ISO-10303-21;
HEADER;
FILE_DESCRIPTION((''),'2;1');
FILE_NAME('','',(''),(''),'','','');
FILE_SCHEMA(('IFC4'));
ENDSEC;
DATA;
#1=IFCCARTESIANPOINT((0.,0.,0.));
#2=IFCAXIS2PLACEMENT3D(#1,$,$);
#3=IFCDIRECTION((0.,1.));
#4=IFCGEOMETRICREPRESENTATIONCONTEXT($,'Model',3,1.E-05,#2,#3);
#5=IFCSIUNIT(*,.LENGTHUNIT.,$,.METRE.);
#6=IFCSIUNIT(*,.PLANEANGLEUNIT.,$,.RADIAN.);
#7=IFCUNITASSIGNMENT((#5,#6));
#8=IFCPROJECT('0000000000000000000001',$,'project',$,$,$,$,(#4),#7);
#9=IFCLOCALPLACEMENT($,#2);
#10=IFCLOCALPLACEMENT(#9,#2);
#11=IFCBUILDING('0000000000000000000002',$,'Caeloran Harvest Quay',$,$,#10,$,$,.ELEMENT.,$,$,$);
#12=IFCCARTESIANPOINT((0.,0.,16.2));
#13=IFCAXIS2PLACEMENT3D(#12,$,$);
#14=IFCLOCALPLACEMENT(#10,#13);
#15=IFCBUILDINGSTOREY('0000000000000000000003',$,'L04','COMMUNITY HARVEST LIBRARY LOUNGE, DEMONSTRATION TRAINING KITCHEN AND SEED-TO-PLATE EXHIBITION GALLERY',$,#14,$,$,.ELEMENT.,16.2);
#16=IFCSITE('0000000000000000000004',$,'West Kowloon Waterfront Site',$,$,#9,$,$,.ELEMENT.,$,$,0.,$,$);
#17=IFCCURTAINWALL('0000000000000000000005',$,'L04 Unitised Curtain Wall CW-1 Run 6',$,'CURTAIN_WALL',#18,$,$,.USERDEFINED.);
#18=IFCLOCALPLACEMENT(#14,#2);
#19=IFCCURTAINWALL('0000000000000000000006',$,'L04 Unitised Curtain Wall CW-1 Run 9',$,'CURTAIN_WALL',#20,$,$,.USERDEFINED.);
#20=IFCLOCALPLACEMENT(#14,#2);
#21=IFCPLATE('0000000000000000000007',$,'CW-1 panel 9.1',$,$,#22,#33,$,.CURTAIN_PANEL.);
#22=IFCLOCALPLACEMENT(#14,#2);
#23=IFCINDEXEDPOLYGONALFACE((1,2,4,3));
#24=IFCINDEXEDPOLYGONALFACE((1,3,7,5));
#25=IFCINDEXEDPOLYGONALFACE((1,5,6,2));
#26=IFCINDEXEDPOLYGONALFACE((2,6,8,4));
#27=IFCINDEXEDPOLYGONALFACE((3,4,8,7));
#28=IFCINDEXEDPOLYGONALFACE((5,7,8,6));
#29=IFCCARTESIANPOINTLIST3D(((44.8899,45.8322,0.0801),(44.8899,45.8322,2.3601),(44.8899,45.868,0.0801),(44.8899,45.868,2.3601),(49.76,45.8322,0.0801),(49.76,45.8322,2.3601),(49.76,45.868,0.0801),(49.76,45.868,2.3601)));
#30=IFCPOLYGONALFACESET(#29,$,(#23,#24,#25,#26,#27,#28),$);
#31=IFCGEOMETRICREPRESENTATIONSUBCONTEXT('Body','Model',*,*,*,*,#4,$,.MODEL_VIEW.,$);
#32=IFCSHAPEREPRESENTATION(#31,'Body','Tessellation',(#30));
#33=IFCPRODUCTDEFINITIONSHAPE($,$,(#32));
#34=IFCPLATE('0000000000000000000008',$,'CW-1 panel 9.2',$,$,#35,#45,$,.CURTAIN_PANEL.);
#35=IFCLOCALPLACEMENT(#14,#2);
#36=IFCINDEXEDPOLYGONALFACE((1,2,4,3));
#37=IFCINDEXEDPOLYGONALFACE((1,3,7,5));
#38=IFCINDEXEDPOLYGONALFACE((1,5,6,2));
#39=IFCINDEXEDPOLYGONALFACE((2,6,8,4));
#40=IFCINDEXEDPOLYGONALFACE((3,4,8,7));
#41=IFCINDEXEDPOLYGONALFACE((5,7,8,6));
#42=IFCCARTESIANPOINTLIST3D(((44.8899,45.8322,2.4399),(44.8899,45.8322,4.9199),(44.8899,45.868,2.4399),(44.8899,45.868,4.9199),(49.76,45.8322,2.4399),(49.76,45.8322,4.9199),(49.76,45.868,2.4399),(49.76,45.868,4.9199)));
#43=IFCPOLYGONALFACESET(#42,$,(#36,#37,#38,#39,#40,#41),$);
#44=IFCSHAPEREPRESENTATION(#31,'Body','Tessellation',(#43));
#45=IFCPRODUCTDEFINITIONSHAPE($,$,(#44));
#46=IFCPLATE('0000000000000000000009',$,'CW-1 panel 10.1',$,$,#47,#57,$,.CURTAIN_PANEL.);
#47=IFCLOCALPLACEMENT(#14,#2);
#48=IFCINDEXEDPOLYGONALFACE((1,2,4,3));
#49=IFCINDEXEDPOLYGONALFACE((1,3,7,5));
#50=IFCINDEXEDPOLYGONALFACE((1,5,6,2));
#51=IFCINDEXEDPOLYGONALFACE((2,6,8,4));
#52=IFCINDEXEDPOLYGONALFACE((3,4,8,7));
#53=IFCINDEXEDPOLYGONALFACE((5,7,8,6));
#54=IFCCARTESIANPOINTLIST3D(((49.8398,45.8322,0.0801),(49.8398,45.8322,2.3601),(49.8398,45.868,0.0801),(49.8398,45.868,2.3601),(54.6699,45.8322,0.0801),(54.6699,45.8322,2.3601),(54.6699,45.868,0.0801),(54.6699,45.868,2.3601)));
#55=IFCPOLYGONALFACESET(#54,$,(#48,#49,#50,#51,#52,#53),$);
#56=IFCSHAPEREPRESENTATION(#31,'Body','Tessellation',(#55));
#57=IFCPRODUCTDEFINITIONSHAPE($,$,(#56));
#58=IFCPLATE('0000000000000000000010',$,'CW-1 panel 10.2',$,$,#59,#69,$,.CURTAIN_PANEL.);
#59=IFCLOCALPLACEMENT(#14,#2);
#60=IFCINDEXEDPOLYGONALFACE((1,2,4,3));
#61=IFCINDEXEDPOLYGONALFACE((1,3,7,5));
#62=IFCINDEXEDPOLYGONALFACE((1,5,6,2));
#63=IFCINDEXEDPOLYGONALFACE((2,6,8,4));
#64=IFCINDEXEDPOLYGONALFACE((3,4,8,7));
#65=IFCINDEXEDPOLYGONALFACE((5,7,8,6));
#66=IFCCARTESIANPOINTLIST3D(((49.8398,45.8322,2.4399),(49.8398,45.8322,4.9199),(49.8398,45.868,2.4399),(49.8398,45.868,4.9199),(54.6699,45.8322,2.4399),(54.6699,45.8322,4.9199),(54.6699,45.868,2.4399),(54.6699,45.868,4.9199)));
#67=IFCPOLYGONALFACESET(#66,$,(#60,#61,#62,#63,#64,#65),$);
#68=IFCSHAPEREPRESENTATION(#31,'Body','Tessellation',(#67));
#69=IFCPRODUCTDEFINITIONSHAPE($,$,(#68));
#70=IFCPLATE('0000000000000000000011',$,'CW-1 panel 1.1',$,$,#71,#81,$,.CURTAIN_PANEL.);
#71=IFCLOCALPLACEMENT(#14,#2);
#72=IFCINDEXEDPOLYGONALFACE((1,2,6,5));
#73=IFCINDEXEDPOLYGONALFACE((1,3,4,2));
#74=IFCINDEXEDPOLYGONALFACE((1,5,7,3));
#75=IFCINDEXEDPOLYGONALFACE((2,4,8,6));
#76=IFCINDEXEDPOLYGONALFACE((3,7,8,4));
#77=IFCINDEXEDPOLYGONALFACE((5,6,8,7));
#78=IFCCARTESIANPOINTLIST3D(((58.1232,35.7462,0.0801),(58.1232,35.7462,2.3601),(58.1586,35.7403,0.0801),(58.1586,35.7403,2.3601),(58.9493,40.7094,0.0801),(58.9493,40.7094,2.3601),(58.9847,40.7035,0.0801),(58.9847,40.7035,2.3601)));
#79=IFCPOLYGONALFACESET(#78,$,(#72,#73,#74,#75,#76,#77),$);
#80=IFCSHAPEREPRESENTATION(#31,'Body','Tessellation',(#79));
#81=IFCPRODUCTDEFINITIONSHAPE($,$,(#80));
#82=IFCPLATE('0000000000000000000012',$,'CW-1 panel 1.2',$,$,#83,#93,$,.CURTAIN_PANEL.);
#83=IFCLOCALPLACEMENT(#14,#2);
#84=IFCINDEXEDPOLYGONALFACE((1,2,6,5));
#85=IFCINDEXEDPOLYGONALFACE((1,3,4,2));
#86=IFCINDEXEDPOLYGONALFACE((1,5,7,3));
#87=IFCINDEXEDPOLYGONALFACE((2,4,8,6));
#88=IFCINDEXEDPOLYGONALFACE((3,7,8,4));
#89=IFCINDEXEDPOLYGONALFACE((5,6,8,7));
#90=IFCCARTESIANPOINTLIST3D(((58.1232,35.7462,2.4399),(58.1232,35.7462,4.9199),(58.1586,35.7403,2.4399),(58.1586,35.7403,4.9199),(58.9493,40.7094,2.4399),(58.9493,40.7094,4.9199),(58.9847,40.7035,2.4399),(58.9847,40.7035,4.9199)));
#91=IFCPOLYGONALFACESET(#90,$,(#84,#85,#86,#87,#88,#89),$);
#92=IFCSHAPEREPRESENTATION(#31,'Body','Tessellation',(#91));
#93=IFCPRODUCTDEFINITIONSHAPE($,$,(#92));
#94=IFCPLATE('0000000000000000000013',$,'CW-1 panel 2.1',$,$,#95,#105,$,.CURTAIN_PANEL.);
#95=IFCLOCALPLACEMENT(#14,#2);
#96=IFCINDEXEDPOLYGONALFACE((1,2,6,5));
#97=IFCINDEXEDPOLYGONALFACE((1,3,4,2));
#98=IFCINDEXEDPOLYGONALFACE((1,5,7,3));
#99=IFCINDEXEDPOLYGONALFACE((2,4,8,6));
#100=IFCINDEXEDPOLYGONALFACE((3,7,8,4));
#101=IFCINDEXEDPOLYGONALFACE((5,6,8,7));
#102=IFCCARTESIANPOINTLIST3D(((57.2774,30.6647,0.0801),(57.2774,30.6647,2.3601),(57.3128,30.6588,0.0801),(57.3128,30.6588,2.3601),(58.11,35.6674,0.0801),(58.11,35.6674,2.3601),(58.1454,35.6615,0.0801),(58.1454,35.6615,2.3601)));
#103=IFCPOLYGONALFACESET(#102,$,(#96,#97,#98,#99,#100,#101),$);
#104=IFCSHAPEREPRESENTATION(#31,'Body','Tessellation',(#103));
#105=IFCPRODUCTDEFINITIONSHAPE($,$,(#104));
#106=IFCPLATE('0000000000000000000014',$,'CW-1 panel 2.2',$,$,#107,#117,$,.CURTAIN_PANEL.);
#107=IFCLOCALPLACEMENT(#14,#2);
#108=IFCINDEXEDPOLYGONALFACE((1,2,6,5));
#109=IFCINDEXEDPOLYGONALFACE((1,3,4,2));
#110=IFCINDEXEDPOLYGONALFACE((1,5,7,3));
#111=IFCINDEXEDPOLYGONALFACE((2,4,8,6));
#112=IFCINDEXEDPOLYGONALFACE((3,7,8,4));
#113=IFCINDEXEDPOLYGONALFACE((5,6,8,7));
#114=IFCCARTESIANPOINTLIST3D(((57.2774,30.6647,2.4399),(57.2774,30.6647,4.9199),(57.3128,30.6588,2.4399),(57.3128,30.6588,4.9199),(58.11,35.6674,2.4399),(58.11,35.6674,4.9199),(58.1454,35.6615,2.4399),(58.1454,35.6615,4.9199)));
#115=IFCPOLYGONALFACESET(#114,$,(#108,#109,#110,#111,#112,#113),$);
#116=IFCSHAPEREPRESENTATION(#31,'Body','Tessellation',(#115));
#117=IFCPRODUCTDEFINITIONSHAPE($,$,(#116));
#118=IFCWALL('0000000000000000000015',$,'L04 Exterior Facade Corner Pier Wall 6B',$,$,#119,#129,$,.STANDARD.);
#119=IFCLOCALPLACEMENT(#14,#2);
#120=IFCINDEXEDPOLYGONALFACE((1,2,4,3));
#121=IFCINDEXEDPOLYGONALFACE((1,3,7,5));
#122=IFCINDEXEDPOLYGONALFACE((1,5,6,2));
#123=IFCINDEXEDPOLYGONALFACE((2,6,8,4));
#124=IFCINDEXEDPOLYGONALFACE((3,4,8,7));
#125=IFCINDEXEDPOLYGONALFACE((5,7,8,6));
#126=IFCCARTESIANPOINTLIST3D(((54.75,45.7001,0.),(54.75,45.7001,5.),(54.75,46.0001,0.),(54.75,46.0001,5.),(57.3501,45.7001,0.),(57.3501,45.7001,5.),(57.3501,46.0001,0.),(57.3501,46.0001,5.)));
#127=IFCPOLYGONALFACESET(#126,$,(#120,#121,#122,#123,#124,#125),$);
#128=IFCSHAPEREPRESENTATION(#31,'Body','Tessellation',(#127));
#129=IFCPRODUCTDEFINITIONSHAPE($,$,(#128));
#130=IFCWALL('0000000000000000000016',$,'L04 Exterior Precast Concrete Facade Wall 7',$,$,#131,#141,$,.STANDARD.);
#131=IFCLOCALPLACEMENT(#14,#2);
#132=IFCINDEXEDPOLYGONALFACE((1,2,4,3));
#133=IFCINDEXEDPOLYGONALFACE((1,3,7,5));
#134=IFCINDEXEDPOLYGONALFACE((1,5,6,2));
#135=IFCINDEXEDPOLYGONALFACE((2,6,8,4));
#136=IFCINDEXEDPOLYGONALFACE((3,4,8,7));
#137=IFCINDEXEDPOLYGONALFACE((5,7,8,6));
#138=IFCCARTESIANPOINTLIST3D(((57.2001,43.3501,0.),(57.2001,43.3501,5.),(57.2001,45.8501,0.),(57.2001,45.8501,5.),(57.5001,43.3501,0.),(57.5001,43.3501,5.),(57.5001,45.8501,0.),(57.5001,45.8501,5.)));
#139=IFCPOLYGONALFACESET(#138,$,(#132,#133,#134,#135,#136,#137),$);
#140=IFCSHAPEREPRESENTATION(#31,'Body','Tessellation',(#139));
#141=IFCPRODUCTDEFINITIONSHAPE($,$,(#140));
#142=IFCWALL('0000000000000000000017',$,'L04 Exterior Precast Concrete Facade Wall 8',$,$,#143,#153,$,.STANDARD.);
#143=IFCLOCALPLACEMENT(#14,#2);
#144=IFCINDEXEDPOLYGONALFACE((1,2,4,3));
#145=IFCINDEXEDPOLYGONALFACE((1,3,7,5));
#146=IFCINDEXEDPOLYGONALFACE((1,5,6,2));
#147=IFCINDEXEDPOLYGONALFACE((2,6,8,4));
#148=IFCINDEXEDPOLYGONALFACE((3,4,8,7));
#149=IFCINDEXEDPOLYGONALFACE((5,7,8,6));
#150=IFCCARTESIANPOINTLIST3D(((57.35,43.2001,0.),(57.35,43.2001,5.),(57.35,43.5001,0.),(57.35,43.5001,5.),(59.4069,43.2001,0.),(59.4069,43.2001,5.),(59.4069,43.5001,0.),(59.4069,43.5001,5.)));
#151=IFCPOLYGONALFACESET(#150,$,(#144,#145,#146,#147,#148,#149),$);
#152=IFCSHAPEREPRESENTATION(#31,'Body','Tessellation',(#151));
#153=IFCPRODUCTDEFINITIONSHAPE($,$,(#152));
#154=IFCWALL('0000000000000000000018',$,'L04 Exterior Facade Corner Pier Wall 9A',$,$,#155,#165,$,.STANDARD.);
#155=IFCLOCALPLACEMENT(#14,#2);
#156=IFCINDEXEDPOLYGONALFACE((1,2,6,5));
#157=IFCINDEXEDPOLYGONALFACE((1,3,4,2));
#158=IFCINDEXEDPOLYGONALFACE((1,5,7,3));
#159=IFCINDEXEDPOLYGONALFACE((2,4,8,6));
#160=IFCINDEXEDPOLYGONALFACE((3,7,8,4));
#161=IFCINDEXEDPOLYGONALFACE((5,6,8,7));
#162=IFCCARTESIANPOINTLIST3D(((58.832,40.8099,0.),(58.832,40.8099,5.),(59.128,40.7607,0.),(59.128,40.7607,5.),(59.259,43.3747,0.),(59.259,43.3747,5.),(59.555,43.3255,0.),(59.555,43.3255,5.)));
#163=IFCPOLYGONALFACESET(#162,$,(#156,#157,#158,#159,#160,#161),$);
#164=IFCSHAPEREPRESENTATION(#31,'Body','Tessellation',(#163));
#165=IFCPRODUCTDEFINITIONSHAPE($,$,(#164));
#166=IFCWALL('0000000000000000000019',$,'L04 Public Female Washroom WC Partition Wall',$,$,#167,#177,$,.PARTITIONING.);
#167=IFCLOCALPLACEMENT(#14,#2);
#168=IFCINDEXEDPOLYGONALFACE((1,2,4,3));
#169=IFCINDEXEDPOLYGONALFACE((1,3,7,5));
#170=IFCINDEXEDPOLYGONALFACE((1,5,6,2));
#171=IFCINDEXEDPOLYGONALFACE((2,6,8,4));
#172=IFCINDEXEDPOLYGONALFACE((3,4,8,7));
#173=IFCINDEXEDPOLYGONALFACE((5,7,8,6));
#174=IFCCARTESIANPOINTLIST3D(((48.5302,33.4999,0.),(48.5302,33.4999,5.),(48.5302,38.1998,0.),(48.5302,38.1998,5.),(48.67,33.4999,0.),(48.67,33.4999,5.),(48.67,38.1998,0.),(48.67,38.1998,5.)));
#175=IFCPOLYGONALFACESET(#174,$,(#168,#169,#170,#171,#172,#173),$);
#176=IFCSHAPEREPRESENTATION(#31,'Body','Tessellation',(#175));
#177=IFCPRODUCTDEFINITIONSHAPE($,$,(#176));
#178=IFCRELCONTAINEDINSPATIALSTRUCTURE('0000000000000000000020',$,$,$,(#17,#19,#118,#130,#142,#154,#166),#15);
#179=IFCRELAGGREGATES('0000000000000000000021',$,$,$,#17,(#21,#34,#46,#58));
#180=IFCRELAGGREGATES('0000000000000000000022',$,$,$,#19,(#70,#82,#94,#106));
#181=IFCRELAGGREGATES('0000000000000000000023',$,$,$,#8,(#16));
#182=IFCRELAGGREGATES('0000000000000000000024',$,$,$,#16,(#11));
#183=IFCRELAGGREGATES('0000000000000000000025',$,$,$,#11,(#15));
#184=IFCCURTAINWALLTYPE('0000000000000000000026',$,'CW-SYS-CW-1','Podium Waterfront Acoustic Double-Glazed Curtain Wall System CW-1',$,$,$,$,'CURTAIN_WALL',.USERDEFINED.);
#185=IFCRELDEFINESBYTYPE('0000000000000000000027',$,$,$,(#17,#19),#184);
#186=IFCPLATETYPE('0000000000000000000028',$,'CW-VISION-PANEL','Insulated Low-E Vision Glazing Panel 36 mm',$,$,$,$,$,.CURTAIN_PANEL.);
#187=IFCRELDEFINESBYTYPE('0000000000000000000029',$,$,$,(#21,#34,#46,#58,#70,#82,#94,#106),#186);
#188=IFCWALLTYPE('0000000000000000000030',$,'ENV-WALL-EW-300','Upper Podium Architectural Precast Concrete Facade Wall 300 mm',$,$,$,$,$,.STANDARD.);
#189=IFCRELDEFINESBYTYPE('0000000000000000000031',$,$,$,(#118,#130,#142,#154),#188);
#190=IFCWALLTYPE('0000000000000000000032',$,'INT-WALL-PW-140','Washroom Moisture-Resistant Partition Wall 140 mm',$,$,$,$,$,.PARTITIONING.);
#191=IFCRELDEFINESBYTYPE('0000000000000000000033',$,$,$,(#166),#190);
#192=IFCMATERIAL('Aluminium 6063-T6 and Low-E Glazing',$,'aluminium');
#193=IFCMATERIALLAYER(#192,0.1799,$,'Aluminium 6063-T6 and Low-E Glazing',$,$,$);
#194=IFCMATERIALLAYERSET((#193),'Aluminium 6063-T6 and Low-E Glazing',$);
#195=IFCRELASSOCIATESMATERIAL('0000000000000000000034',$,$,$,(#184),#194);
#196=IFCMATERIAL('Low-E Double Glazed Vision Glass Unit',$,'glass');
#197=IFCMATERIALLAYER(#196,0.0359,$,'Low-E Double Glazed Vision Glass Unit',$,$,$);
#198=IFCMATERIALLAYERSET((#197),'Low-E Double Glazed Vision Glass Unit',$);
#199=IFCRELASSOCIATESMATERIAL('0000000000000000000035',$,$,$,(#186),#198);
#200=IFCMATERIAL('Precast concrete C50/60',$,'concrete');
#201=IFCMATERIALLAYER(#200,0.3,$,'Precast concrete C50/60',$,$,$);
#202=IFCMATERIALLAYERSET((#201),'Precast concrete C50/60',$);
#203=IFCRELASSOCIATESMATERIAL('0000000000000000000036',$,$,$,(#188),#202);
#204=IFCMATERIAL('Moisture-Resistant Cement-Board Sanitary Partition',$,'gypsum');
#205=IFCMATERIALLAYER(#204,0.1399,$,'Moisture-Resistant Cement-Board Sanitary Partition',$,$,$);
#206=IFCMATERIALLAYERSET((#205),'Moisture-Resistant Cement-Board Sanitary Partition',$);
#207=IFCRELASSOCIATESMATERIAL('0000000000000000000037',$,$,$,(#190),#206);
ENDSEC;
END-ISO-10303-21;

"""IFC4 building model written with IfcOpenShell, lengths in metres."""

from ifc_helpers import new_model, si_unit, direction, frame, frame_2d, origin, origin_2d, place, context, subcontext, project, spatial, rectangle, extrude, material, layer, layer_set, type_object, element, aggregate, save


model = new_model("IFC4")

# Units and contexts
model_context = context("Model", 3, precision=1e-05, world=origin(), true_north=direction((0.0, 1.0)))
body_context = subcontext(model_context, "Body", "Model", "MODEL_VIEW")
ifc_project = project(units=[si_unit("LENGTHUNIT", "METRE"), si_unit("PLANEANGLEUNIT", "RADIAN")], contexts=[model_context])

# Site, building, storey
site_placement = place(None, origin())
site = spatial("IfcSite", under=ifc_project, at=site_placement, Name="West Kowloon Waterfront Site", CompositionType="ELEMENT", RefElevation=0.0)
building_placement = place(site_placement, origin())
building = spatial("IfcBuilding", under=site, at=building_placement, Name="Caeloran Harvest Quay", CompositionType="ELEMENT")
storey_placement = place(building_placement, frame((0.0, 0.0, 16.2)))
storey = spatial("IfcBuildingStorey", under=building, at=storey_placement, Name="L04", Description="COMMUNITY HARVEST LIBRARY LOUNGE, DEMONSTRATION TRAINING KITCHEN AND SEED-TO-PLATE EXHIBITION GALLERY", CompositionType="ELEMENT", Elevation=16.2)

# Curtain walls
ifc_material_1 = material(Name="Aluminium 6063-T6 and Low-E Glazing", Category="aluminium")
ifc_layer_1 = layer(ifc_material_1, 0.1799, Name="Aluminium 6063-T6 and Low-E Glazing")
ifc_layer_set_1 = layer_set([ifc_layer_1], Name="Aluminium 6063-T6 and Low-E Glazing")
curtain_wall_type = type_object("IfcCurtainWallType", Name="CW-SYS-CW-1", Description="Podium Waterfront Acoustic Double-Glazed Curtain Wall System CW-1", ElementType="CURTAIN_WALL", PredefinedType="USERDEFINED", material=ifc_layer_set_1)
curtain_wall_1_placement = place(storey_placement, origin())
curtain_wall_1 = element("IfcCurtainWall", 1, at=curtain_wall_1_placement, inside=storey, type_object=curtain_wall_type, Name="L04 Unitised Curtain Wall CW-1 Run 6", ObjectType="CURTAIN_WALL", PredefinedType="USERDEFINED")
curtain_wall_2_placement = place(storey_placement, origin())
curtain_wall_2 = element("IfcCurtainWall", 2, at=curtain_wall_2_placement, inside=storey, type_object=curtain_wall_type, Name="L04 Unitised Curtain Wall CW-1 Run 9", ObjectType="CURTAIN_WALL", PredefinedType="USERDEFINED")

# Plates
ifc_material_2 = material(Name="Low-E Double Glazed Vision Glass Unit", Category="glass")
ifc_layer_2 = layer(ifc_material_2, 0.0359, Name="Low-E Double Glazed Vision Glass Unit")
ifc_layer_set_2 = layer_set([ifc_layer_2], Name="Low-E Double Glazed Vision Glass Unit")
plate_type = type_object("IfcPlateType", Name="CW-VISION-PANEL", Description="Insulated Low-E Vision Glazing Panel 36 mm", PredefinedType="CURTAIN_PANEL", material=ifc_layer_set_2)
plate_1_placement = place(storey_placement, frame((47.325, 45.8501, 0.0801), z_axis=(0.0, 0.0, 1.0), x_axis=(1.0, 0.0, 0.0)))
plate_1 = element("IfcPlate", 3, at=plate_1_placement, type_object=plate_type, Name="CW-1 panel 9.1", PredefinedType="CURTAIN_PANEL", context=body_context, shape_type="SweptSolid", body=[
    extrude(rectangle(XDim=4.8701, YDim=0.0359, at=origin_2d()), origin(), (0.0, 0.0, 1.0), 2.28),
])
plate_2_placement = place(storey_placement, frame((47.325, 45.8501, 2.4399), z_axis=(0.0, 0.0, 1.0), x_axis=(1.0, 0.0, 0.0)))
plate_2 = element("IfcPlate", 4, at=plate_2_placement, type_object=plate_type, Name="CW-1 panel 9.2", PredefinedType="CURTAIN_PANEL", context=body_context, shape_type="SweptSolid", body=[
    extrude(rectangle(XDim=4.8701, YDim=0.0359, at=origin_2d()), origin(), (0.0, 0.0, 1.0), 2.48),
])
plate_3_placement = place(storey_placement, frame((52.2549, 45.8501, 0.0801), z_axis=(0.0, 0.0, 1.0), x_axis=(1.0, 0.0, 0.0)))
plate_3 = element("IfcPlate", 5, at=plate_3_placement, type_object=plate_type, Name="CW-1 panel 10.1", PredefinedType="CURTAIN_PANEL", context=body_context, shape_type="SweptSolid", body=[
    extrude(rectangle(XDim=4.8301, YDim=0.0359, at=origin_2d()), origin(), (0.0, 0.0, 1.0), 2.28),
])
plate_4_placement = place(storey_placement, frame((52.2549, 45.8501, 2.4399), z_axis=(0.0, 0.0, 1.0), x_axis=(1.0, 0.0, 0.0)))
plate_4 = element("IfcPlate", 6, at=plate_4_placement, type_object=plate_type, Name="CW-1 panel 10.2", PredefinedType="CURTAIN_PANEL", context=body_context, shape_type="SweptSolid", body=[
    extrude(rectangle(XDim=4.8301, YDim=0.0359, at=origin_2d()), origin(), (0.0, 0.0, 1.0), 2.48),
])
aggregate(curtain_wall_1, [plate_1, plate_2, plate_3, plate_4])
plate_5_placement = place(storey_placement, frame((58.554, 38.2249, 0.0801), z_axis=(0.0, 0.0, 1.0), x_axis=(-0.164174, -0.986431, 0.0)))
plate_5 = element("IfcPlate", 7, at=plate_5_placement, type_object=plate_type, Name="CW-1 panel 1.1", PredefinedType="CURTAIN_PANEL", context=body_context, shape_type="SweptSolid", body=[
    extrude(rectangle(XDim=5.0315, YDim=0.0359, at=origin_2d()), origin(), (0.0, 0.0, 1.0), 2.28),
])
plate_6_placement = place(storey_placement, frame((58.554, 38.2249, 2.4399), z_axis=(0.0, 0.0, 1.0), x_axis=(-0.164174, -0.986431, 0.0)))
plate_6 = element("IfcPlate", 8, at=plate_6_placement, type_object=plate_type, Name="CW-1 panel 1.2", PredefinedType="CURTAIN_PANEL", context=body_context, shape_type="SweptSolid", body=[
    extrude(rectangle(XDim=5.0315, YDim=0.0359, at=origin_2d()), origin(), (0.0, 0.0, 1.0), 2.48),
])
plate_7_placement = place(storey_placement, frame((57.7114, 33.1631, 0.0801), z_axis=(0.0, 0.0, 1.0), x_axis=(-0.164174, -0.986431, 0.0)))
plate_7 = element("IfcPlate", 9, at=plate_7_placement, type_object=plate_type, Name="CW-1 panel 2.1", PredefinedType="CURTAIN_PANEL", context=body_context, shape_type="SweptSolid", body=[
    extrude(rectangle(XDim=5.0715, YDim=0.0359, at=origin_2d()), origin(), (0.0, 0.0, 1.0), 2.28),
])
plate_8_placement = place(storey_placement, frame((57.7114, 33.1631, 2.4399), z_axis=(0.0, 0.0, 1.0), x_axis=(-0.164174, -0.986431, 0.0)))
plate_8 = element("IfcPlate", 10, at=plate_8_placement, type_object=plate_type, Name="CW-1 panel 2.2", PredefinedType="CURTAIN_PANEL", context=body_context, shape_type="SweptSolid", body=[
    extrude(rectangle(XDim=5.0715, YDim=0.0359, at=origin_2d()), origin(), (0.0, 0.0, 1.0), 2.48),
])
aggregate(curtain_wall_2, [plate_5, plate_6, plate_7, plate_8])

# Walls
ifc_material_3 = material(Name="Precast concrete C50/60", Category="concrete")
ifc_layer_3 = layer(ifc_material_3, 0.3, Name="Precast concrete C50/60")
ifc_layer_set_3 = layer_set([ifc_layer_3], Name="Precast concrete C50/60")
wall_type_1 = type_object("IfcWallType", Name="ENV-WALL-EW-300", Description="Upper Podium Architectural Precast Concrete Facade Wall 300 mm", PredefinedType="STANDARD", material=ifc_layer_set_3)
wall_1_placement = place(storey_placement, frame((54.75, 45.8501, 0.0), z_axis=(0.0, 0.0, 1.0), x_axis=(1.0, 0.0, 0.0)))
element("IfcWall", 11, at=wall_1_placement, inside=storey, type_object=wall_type_1, Name="L04 Exterior Facade Corner Pier Wall 6B", PredefinedType="STANDARD", context=body_context, shape_type="SweptSolid", body=[
    extrude(rectangle(XDim=2.6001, YDim=0.3, at=frame_2d((1.3, 0.0))), origin(), (0.0, 0.0, 1.0), 5.0),
])
wall_2_placement = place(storey_placement, frame((57.3501, 45.8501, 0.0), z_axis=(0.0, 0.0, 1.0), x_axis=(0.0, -1.0, 0.0)))
element("IfcWall", 12, at=wall_2_placement, inside=storey, type_object=wall_type_1, Name="L04 Exterior Precast Concrete Facade Wall 7", PredefinedType="STANDARD", context=body_context, shape_type="SweptSolid", body=[
    extrude(rectangle(XDim=2.5, YDim=0.3, at=frame_2d((1.25, 0.0))), origin(), (0.0, 0.0, 1.0), 5.0),
])
wall_3_placement = place(storey_placement, frame((57.3501, 43.3501, 0.0), z_axis=(0.0, 0.0, 1.0), x_axis=(1.0, 0.0, 0.0)))
element("IfcWall", 13, at=wall_3_placement, inside=storey, type_object=wall_type_1, Name="L04 Exterior Precast Concrete Facade Wall 8", PredefinedType="STANDARD", context=body_context, shape_type="SweptSolid", body=[
    extrude(rectangle(XDim=2.0569, YDim=0.3, at=frame_2d((1.0283, 0.0))), origin(), (0.0, 0.0, 1.0), 5.0),
])
wall_4_placement = place(storey_placement, frame((59.407, 43.3501, 0.0), z_axis=(0.0, 0.0, 1.0), x_axis=(-0.164231, -0.986422, 0.0)))
element("IfcWall", 14, at=wall_4_placement, inside=storey, type_object=wall_type_1, Name="L04 Exterior Facade Corner Pier Wall 9A", PredefinedType="STANDARD", context=body_context, shape_type="SweptSolid", body=[
    extrude(rectangle(XDim=2.6001, YDim=0.3, at=frame_2d((1.3, 0.0))), origin(), (0.0, 0.0, 1.0), 5.0),
])
ifc_material_4 = material(Name="Moisture-Resistant Cement-Board Sanitary Partition", Category="gypsum")
ifc_layer_4 = layer(ifc_material_4, 0.1399, Name="Moisture-Resistant Cement-Board Sanitary Partition")
ifc_layer_set_4 = layer_set([ifc_layer_4], Name="Moisture-Resistant Cement-Board Sanitary Partition")
wall_type_2 = type_object("IfcWallType", Name="INT-WALL-PW-140", Description="Washroom Moisture-Resistant Partition Wall 140 mm", PredefinedType="PARTITIONING", material=ifc_layer_set_4)
wall_5_placement = place(storey_placement, frame((48.6001, 38.2, 0.0), z_axis=(0.0, 0.0, 1.0), x_axis=(0.0, -1.0, 0.0)))
element("IfcWall", 15, at=wall_5_placement, inside=storey, type_object=wall_type_2, Name="L04 Public Female Washroom WC Partition Wall", PredefinedType="PARTITIONING", context=body_context, shape_type="SweptSolid", body=[
    extrude(rectangle(XDim=4.7, YDim=0.1399, at=frame_2d((2.3501, 0.0))), origin(), (0.0, 0.0, 1.0), 5.0),
])

save(model, "model.ifc")
